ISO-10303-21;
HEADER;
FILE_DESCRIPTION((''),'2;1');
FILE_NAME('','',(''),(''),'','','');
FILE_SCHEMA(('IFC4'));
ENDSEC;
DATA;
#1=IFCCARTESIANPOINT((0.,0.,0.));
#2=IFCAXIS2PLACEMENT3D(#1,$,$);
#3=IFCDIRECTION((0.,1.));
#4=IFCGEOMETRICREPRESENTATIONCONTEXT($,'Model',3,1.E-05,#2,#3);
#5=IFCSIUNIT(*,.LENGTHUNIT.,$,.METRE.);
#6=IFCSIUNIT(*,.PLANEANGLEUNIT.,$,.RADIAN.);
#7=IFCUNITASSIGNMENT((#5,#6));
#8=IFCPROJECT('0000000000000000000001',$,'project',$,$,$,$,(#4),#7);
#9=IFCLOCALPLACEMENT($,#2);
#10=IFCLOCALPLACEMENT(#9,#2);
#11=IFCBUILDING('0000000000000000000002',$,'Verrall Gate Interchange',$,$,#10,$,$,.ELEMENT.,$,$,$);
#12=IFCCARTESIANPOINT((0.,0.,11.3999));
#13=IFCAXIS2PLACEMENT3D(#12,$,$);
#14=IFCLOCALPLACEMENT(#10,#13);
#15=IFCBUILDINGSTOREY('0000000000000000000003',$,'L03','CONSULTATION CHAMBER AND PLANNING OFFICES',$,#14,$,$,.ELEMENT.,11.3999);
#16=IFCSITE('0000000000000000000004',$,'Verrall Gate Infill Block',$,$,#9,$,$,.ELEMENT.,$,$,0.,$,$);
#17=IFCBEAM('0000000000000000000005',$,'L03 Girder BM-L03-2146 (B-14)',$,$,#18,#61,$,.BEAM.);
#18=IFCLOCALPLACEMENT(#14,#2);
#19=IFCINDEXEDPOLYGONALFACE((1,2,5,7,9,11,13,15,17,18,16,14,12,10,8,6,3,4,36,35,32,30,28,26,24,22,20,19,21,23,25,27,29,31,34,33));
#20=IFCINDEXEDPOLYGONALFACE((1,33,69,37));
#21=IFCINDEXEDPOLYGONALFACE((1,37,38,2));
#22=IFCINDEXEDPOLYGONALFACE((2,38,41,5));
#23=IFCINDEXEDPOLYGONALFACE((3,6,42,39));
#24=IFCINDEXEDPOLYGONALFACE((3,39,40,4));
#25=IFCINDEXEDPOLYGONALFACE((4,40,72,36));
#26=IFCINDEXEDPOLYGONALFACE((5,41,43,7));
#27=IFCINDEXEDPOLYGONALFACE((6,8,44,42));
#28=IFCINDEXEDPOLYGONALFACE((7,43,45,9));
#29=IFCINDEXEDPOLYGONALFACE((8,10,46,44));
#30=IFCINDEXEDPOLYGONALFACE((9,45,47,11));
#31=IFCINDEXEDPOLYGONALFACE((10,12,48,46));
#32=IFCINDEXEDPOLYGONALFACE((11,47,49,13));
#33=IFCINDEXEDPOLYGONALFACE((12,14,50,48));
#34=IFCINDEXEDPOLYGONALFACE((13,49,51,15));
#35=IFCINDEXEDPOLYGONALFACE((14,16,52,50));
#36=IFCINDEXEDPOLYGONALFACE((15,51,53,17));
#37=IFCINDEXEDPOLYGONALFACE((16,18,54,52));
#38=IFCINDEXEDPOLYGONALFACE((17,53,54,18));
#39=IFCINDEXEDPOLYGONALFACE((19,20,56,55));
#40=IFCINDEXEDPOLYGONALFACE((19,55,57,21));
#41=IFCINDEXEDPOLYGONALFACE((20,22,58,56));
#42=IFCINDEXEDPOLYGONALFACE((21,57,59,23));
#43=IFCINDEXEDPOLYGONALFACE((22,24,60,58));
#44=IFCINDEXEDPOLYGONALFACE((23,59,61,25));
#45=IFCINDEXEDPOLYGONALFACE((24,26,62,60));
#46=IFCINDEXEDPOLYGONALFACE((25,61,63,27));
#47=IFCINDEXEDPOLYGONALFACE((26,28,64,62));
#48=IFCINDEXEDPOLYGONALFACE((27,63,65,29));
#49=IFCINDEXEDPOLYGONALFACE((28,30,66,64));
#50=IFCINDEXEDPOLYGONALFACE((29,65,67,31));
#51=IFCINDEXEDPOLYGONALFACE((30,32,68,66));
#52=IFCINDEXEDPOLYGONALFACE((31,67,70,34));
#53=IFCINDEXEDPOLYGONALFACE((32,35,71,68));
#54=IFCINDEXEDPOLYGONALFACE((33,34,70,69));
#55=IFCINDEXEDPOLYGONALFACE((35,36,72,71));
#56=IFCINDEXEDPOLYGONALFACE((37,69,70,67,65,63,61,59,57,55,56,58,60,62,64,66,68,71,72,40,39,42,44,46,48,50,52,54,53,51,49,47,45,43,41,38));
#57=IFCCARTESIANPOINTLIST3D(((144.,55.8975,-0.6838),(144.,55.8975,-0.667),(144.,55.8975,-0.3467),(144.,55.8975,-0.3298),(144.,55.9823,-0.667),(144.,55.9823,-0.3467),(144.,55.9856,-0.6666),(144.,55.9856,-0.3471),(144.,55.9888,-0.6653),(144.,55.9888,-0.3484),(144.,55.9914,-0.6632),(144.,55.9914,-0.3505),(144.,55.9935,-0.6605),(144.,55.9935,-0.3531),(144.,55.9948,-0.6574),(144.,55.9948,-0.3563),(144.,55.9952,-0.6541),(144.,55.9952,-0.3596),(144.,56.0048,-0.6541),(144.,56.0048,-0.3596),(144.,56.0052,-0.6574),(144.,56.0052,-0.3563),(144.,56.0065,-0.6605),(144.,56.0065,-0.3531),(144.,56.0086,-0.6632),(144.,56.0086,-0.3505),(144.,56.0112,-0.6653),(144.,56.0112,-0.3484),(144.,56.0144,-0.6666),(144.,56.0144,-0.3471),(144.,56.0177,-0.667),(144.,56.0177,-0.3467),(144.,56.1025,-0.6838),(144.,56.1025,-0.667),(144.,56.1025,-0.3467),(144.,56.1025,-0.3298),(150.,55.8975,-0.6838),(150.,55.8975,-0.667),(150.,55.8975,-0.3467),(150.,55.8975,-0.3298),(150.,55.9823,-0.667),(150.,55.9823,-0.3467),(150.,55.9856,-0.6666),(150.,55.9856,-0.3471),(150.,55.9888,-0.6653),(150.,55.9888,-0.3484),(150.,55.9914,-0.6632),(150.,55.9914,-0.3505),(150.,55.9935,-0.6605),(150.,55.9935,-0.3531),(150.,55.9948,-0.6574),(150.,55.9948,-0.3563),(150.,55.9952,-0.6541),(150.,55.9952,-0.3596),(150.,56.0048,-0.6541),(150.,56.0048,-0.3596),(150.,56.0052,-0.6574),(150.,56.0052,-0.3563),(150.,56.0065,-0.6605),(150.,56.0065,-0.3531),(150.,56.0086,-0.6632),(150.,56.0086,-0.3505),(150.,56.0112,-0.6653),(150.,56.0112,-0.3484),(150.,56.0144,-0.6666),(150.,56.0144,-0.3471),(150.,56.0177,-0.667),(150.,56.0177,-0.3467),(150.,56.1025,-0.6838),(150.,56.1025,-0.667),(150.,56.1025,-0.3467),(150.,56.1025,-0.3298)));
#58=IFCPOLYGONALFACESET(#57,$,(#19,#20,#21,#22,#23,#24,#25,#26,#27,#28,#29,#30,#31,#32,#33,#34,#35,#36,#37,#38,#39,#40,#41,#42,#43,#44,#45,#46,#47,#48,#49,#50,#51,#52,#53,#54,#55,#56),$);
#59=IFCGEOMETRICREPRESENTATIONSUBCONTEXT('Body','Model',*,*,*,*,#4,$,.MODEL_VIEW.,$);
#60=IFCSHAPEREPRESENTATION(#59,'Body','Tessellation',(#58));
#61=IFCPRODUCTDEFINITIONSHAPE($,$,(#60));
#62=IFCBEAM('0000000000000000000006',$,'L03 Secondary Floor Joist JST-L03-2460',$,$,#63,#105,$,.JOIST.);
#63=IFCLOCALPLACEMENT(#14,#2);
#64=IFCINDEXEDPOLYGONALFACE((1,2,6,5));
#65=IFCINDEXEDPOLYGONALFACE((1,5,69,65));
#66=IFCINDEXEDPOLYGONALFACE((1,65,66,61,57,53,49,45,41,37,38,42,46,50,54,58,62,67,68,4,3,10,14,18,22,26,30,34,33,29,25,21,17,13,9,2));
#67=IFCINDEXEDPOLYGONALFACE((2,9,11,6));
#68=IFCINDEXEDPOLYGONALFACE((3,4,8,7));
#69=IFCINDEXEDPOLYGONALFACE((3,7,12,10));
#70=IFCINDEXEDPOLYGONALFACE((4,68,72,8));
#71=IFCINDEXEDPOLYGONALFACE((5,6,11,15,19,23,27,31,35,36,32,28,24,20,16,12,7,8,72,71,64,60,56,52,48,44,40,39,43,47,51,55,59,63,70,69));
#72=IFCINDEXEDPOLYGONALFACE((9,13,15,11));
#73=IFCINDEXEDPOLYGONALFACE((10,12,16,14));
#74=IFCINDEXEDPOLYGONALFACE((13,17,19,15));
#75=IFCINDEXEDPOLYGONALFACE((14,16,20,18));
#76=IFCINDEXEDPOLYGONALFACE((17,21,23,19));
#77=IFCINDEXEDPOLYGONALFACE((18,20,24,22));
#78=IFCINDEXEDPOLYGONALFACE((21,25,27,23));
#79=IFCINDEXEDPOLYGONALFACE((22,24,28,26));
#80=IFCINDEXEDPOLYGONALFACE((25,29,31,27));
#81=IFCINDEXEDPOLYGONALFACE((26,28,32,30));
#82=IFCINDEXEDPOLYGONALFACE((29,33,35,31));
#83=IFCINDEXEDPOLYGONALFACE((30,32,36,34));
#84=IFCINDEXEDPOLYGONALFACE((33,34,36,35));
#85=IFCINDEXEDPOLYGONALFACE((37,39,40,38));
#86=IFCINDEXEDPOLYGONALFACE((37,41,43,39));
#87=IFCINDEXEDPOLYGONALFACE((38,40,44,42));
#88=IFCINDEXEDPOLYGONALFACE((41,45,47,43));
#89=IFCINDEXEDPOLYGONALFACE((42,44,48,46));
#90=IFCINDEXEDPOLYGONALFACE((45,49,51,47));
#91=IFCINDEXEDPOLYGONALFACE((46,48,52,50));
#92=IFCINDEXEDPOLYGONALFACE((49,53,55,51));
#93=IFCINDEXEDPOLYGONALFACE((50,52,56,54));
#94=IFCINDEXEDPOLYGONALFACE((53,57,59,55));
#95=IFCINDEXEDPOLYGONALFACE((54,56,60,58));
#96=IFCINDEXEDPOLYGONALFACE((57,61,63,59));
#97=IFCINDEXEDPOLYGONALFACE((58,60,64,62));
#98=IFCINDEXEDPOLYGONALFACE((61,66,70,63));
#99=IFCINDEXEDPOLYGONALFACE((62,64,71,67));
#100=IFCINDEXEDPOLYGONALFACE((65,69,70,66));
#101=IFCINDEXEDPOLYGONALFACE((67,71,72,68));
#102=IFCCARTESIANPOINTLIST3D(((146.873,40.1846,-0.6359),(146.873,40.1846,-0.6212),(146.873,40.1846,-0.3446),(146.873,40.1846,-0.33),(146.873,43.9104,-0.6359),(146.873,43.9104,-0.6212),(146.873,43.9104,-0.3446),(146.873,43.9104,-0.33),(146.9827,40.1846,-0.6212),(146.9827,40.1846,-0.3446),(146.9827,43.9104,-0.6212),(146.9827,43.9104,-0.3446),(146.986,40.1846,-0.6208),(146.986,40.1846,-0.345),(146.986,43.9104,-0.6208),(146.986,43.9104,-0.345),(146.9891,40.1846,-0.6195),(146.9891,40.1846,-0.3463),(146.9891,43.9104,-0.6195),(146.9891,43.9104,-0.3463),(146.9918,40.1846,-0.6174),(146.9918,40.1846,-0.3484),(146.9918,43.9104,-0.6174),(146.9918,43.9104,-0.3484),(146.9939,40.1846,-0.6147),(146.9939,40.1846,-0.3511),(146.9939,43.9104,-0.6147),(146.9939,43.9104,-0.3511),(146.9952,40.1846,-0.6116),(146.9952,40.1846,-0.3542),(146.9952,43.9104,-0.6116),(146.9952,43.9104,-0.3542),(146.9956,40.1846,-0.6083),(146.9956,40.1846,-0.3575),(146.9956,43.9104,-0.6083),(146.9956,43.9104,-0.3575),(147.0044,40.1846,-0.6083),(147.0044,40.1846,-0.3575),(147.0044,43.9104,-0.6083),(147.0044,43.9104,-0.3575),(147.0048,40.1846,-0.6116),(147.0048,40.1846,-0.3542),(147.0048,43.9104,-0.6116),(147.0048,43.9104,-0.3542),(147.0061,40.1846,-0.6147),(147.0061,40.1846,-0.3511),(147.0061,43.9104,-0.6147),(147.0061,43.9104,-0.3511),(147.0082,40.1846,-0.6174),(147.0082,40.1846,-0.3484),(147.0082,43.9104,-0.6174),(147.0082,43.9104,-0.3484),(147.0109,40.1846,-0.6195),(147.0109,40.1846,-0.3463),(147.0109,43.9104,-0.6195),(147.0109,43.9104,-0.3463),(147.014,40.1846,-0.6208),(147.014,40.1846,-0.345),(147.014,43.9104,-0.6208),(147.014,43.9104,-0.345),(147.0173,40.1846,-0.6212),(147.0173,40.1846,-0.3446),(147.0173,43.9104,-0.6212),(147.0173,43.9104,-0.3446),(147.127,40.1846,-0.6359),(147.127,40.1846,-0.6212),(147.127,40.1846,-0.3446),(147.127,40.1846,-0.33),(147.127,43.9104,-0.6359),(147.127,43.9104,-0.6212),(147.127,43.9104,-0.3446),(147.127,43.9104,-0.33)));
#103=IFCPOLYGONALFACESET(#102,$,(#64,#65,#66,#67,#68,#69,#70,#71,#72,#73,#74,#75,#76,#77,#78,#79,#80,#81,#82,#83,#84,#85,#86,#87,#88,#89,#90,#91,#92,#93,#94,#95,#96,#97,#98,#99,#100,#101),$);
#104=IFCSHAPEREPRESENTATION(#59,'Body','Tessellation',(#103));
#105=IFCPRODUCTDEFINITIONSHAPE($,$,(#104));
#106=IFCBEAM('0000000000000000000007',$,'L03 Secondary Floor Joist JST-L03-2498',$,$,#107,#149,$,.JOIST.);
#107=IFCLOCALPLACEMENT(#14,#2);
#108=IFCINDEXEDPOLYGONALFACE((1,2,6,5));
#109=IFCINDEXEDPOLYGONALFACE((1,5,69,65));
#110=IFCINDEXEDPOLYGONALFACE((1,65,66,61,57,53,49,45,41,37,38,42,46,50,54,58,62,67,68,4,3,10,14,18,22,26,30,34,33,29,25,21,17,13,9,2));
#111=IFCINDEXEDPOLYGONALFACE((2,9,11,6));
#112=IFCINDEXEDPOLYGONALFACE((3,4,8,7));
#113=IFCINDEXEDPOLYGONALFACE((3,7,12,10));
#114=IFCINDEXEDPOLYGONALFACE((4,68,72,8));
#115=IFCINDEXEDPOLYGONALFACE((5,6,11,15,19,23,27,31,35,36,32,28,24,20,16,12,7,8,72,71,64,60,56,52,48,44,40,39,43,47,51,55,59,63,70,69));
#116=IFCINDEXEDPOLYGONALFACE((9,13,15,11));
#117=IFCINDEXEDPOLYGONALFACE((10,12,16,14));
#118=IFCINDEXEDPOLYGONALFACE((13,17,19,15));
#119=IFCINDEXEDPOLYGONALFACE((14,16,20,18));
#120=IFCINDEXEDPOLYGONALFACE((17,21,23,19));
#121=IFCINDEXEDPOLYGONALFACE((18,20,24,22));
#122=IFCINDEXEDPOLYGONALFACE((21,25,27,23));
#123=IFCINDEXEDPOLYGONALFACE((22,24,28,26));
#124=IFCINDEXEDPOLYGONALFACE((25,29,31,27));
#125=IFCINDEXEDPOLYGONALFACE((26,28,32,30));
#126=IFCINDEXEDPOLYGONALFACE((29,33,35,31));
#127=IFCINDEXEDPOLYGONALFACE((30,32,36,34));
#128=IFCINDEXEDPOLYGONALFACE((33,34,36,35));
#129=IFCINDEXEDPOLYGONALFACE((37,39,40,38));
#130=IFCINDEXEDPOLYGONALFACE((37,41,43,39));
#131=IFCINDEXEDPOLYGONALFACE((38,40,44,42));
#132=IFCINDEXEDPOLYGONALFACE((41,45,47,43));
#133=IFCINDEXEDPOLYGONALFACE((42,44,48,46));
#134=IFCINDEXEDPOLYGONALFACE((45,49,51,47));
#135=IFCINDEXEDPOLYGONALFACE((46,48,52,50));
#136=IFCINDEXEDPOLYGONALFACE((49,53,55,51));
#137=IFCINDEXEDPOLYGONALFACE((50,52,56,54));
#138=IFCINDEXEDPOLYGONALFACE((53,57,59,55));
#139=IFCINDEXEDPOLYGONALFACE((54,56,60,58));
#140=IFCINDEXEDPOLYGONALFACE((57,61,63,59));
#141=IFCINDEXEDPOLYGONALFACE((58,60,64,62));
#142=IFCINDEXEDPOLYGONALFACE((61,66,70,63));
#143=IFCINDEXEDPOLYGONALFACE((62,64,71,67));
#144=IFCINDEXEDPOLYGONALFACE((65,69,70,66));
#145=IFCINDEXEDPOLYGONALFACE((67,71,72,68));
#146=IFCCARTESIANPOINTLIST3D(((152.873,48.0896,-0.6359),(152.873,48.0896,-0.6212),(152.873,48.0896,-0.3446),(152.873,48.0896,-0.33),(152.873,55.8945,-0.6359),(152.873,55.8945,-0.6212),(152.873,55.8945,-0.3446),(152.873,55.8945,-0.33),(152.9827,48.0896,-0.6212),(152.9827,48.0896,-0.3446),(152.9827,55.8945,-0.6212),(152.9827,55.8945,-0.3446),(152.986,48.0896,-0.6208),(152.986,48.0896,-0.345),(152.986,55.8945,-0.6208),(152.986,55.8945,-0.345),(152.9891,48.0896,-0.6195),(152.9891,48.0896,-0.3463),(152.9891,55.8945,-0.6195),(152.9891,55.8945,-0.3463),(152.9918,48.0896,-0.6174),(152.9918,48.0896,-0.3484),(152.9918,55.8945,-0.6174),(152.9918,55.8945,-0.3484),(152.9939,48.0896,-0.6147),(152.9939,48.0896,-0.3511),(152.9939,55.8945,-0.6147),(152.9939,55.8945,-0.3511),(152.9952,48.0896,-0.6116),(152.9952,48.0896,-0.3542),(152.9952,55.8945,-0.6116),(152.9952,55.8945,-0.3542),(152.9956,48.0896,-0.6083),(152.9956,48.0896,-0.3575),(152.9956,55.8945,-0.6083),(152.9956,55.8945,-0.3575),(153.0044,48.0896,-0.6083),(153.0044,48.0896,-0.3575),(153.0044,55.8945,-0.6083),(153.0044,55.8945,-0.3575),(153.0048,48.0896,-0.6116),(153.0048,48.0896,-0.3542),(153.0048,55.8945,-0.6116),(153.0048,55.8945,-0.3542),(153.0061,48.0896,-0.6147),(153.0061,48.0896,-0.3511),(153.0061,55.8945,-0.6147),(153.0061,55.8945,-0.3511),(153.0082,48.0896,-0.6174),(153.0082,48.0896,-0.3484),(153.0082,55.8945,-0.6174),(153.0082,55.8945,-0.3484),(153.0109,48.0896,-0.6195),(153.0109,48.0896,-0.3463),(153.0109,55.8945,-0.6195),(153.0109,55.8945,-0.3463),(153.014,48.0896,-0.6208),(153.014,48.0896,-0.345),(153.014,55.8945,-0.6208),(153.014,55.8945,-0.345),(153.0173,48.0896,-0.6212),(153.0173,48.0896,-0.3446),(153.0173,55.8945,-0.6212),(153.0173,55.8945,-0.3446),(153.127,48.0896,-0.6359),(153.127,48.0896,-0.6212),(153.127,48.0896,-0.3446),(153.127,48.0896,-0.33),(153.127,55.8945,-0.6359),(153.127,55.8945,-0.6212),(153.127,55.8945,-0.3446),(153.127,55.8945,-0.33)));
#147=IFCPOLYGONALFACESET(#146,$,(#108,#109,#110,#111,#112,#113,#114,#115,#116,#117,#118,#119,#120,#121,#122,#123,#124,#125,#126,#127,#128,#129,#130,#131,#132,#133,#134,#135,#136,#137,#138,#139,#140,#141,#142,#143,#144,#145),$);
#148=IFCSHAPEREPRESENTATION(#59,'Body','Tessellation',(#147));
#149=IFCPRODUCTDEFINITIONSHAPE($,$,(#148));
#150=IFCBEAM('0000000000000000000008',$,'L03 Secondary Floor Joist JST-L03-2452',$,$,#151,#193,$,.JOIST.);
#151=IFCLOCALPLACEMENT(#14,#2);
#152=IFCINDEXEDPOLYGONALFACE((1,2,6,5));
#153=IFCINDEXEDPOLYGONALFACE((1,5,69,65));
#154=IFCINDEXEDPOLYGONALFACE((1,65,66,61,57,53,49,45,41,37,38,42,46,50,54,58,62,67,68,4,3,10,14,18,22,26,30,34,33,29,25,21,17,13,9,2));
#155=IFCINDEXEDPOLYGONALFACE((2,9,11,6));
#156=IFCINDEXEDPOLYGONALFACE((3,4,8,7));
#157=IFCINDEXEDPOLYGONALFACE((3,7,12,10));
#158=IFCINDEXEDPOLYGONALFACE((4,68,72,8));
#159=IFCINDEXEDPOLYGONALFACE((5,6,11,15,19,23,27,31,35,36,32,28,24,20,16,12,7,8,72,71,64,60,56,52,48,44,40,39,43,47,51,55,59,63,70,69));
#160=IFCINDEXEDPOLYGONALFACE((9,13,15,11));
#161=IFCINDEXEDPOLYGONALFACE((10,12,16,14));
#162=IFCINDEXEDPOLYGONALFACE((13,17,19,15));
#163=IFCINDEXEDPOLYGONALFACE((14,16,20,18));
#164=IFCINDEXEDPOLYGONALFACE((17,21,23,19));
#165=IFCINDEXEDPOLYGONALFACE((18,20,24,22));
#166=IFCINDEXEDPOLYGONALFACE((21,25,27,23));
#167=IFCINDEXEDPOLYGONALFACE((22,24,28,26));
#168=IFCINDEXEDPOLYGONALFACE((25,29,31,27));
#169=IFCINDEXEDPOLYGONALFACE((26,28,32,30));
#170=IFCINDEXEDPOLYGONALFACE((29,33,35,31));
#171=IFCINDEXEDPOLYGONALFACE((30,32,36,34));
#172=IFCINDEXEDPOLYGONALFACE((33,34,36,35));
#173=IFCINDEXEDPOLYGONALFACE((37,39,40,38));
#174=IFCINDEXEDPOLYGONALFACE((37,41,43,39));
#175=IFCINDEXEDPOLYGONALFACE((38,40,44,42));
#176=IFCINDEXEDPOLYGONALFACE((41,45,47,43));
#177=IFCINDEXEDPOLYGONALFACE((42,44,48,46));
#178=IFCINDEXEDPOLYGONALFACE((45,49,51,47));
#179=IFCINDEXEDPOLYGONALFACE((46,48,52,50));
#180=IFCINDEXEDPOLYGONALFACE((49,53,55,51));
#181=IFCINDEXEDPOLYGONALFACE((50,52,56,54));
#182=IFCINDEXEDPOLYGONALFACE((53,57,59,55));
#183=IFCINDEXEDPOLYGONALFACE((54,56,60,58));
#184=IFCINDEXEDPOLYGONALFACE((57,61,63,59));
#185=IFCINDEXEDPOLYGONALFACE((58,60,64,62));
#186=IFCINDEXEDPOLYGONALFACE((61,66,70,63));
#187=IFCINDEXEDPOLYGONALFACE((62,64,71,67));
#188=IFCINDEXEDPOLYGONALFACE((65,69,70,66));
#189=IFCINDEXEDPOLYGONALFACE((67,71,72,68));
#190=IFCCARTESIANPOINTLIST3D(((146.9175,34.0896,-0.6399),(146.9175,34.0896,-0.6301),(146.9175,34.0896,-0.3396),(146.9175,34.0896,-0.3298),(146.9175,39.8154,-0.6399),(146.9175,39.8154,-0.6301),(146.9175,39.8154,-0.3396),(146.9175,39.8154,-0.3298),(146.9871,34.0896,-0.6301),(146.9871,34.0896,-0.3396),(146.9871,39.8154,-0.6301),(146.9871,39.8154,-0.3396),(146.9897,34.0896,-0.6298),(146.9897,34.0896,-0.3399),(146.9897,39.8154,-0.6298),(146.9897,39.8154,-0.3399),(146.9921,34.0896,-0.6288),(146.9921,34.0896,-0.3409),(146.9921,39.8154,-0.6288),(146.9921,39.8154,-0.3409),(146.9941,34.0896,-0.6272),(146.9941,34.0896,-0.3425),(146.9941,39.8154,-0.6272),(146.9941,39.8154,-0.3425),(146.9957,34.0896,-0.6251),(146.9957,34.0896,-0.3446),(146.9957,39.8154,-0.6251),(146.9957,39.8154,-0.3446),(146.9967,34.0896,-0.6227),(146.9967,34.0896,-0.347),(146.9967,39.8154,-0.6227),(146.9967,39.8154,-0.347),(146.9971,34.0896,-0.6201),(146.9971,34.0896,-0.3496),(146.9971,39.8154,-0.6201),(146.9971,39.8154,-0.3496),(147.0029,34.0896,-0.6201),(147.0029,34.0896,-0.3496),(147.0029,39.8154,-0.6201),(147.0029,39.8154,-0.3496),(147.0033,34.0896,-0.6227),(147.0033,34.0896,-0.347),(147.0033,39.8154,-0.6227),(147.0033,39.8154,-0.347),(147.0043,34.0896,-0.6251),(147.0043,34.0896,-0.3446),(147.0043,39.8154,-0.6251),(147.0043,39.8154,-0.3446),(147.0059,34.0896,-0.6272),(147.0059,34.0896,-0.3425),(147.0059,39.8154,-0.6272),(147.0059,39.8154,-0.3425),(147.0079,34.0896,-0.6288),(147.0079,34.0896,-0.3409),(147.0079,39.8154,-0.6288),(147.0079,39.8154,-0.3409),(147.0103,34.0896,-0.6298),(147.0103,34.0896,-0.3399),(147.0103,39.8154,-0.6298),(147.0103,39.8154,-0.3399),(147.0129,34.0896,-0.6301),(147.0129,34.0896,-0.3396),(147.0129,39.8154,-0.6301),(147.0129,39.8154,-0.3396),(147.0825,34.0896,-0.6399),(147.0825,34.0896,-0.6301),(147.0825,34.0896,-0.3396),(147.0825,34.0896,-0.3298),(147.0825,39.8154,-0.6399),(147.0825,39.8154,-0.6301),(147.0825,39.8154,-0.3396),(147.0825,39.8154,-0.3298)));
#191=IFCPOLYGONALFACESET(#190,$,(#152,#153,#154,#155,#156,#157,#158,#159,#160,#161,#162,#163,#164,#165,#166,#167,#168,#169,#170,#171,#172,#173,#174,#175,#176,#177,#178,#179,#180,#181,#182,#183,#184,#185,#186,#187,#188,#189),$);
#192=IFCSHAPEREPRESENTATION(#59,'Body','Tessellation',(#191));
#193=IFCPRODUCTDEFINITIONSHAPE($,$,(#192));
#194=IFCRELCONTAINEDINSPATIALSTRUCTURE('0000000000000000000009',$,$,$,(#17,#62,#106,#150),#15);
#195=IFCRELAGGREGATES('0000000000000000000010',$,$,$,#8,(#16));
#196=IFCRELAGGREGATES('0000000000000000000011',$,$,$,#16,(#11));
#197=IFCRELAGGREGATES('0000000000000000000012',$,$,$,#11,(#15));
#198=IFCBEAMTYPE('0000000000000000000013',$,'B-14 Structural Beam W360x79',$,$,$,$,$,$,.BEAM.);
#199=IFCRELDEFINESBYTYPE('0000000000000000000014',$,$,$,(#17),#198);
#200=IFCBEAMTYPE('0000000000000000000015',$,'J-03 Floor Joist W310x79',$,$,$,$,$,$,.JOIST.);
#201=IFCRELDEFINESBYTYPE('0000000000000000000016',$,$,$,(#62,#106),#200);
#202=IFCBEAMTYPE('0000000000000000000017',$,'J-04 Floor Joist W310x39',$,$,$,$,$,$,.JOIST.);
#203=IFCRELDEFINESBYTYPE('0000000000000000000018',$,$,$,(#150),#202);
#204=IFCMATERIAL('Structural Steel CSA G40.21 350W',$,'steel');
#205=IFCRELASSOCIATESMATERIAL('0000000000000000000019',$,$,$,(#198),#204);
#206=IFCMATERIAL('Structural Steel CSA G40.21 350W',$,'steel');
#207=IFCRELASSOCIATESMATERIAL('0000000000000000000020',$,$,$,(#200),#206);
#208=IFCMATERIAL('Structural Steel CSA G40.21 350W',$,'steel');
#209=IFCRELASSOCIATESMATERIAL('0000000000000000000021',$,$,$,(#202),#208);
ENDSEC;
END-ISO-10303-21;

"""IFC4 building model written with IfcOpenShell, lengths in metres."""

from ifc_helpers import new_model, si_unit, direction, frame, origin, origin_2d, place, context, subcontext, project, spatial, i_section, extrude, material, material_profile, profile_set, type_object, element, save


model = new_model("IFC4")

# Units and contexts
model_context = context("Model", 3, precision=1e-05, world=origin(), true_north=direction((0.0, 1.0)))
body_context = subcontext(model_context, "Body", "Model", "MODEL_VIEW")
ifc_project = project(units=[si_unit("LENGTHUNIT", "METRE"), si_unit("PLANEANGLEUNIT", "RADIAN")], contexts=[model_context])

# Site, building, storey
site_placement = place(None, origin())
site = spatial("IfcSite", under=ifc_project, at=site_placement, Name="Verrall Gate Infill Block", CompositionType="ELEMENT", RefElevation=0.0)
building_placement = place(site_placement, origin())
building = spatial("IfcBuilding", under=site, at=building_placement, Name="Verrall Gate Interchange", CompositionType="ELEMENT")
storey_placement = place(building_placement, frame((0.0, 0.0, 11.3999)))
storey = spatial("IfcBuildingStorey", under=building, at=storey_placement, Name="L03", Description="CONSULTATION CHAMBER AND PLANNING OFFICES", CompositionType="ELEMENT", Elevation=11.3999)

# Beams
ifc_material_1 = material(Name="Structural Steel CSA G40.21 350W", Category="steel")
ifc_material_profile_1 = material_profile(ifc_material_1, i_section(OverallWidth=0.2051, OverallDepth=0.354, WebThickness=0.0095, FlangeThickness=0.0168, FilletRadius=0.0129, at=origin_2d()), Name="W360x79")
ifc_profile_set_1 = profile_set([ifc_material_profile_1], Name="Structural Steel CSA G40.21 350W")
beam_type_1 = type_object("IfcBeamType", Name="B-14 Structural Beam W360x79", PredefinedType="BEAM", material=ifc_profile_set_1)
beam_1_placement = place(storey_placement, frame((144.0, 56.0, -0.5068), z_axis=(1.0, 0.0, 0.0), x_axis=(0.0, 1.0, 0.0)))
element("IfcBeam", 1, at=beam_1_placement, inside=storey, type_object=beam_type_1, Name="L03 Girder BM-L03-2146 (B-14)", PredefinedType="BEAM", context=body_context, shape_type="SweptSolid", body=[
    extrude(i_section(OverallWidth=0.2051, OverallDepth=0.354, WebThickness=0.0095, FlangeThickness=0.0168, FilletRadius=0.0129, at=origin_2d()), origin(), (0.0, 0.0, 1.0), 6.0),
])
ifc_material_2 = material(Name="Structural Steel CSA G40.21 350W", Category="steel")
ifc_material_profile_2 = material_profile(ifc_material_2, i_section(OverallWidth=0.2539, OverallDepth=0.3059, WebThickness=0.0088, FlangeThickness=0.0146, FilletRadius=0.0129, at=origin_2d()), Name="W310x79")
ifc_profile_set_2 = profile_set([ifc_material_profile_2], Name="Structural Steel CSA G40.21 350W")
beam_type_2 = type_object("IfcBeamType", Name="J-03 Floor Joist W310x79", PredefinedType="JOIST", material=ifc_profile_set_2)
beam_2_placement = place(storey_placement, frame((147.0, 40.1846, -0.4829), z_axis=(0.0, 1.0, 0.0), x_axis=(-1.0, 0.0, 0.0)))
element("IfcBeam", 2, at=beam_2_placement, inside=storey, type_object=beam_type_2, Name="L03 Secondary Floor Joist JST-L03-2460", PredefinedType="JOIST", context=body_context, shape_type="SweptSolid", body=[
    extrude(i_section(OverallWidth=0.2539, OverallDepth=0.3059, WebThickness=0.0088, FlangeThickness=0.0146, FilletRadius=0.0129, at=origin_2d()), origin(), (0.0, 0.0, 1.0), 3.7258),
])
beam_3_placement = place(storey_placement, frame((153.0, 48.0896, -0.4829), z_axis=(0.0, 1.0, 0.0), x_axis=(-1.0, 0.0, 0.0)))
element("IfcBeam", 3, at=beam_3_placement, inside=storey, type_object=beam_type_2, Name="L03 Secondary Floor Joist JST-L03-2498", PredefinedType="JOIST", context=body_context, shape_type="SweptSolid", body=[
    extrude(i_section(OverallWidth=0.2539, OverallDepth=0.3059, WebThickness=0.0088, FlangeThickness=0.0146, FilletRadius=0.0129, at=origin_2d()), origin(), (0.0, 0.0, 1.0), 7.8049),
])
ifc_material_3 = material(Name="Structural Steel CSA G40.21 350W", Category="steel")
ifc_material_profile_3 = material_profile(ifc_material_3, i_section(OverallWidth=0.165, OverallDepth=0.3101, WebThickness=0.0059, FlangeThickness=0.0098, FilletRadius=0.01, at=origin_2d()), Name="W310x39")
ifc_profile_set_3 = profile_set([ifc_material_profile_3], Name="Structural Steel CSA G40.21 350W")
beam_type_3 = type_object("IfcBeamType", Name="J-04 Floor Joist W310x39", PredefinedType="JOIST", material=ifc_profile_set_3)
beam_4_placement = place(storey_placement, frame((147.0, 34.0896, -0.4849), z_axis=(0.0, 1.0, 0.0), x_axis=(-1.0, 0.0, 0.0)))
element("IfcBeam", 4, at=beam_4_placement, inside=storey, type_object=beam_type_3, Name="L03 Secondary Floor Joist JST-L03-2452", PredefinedType="JOIST", context=body_context, shape_type="SweptSolid", body=[
    extrude(i_section(OverallWidth=0.165, OverallDepth=0.3101, WebThickness=0.0059, FlangeThickness=0.0098, FilletRadius=0.01, at=origin_2d()), origin(), (0.0, 0.0, 1.0), 5.7258),
])

save(model, "model.ifc")
